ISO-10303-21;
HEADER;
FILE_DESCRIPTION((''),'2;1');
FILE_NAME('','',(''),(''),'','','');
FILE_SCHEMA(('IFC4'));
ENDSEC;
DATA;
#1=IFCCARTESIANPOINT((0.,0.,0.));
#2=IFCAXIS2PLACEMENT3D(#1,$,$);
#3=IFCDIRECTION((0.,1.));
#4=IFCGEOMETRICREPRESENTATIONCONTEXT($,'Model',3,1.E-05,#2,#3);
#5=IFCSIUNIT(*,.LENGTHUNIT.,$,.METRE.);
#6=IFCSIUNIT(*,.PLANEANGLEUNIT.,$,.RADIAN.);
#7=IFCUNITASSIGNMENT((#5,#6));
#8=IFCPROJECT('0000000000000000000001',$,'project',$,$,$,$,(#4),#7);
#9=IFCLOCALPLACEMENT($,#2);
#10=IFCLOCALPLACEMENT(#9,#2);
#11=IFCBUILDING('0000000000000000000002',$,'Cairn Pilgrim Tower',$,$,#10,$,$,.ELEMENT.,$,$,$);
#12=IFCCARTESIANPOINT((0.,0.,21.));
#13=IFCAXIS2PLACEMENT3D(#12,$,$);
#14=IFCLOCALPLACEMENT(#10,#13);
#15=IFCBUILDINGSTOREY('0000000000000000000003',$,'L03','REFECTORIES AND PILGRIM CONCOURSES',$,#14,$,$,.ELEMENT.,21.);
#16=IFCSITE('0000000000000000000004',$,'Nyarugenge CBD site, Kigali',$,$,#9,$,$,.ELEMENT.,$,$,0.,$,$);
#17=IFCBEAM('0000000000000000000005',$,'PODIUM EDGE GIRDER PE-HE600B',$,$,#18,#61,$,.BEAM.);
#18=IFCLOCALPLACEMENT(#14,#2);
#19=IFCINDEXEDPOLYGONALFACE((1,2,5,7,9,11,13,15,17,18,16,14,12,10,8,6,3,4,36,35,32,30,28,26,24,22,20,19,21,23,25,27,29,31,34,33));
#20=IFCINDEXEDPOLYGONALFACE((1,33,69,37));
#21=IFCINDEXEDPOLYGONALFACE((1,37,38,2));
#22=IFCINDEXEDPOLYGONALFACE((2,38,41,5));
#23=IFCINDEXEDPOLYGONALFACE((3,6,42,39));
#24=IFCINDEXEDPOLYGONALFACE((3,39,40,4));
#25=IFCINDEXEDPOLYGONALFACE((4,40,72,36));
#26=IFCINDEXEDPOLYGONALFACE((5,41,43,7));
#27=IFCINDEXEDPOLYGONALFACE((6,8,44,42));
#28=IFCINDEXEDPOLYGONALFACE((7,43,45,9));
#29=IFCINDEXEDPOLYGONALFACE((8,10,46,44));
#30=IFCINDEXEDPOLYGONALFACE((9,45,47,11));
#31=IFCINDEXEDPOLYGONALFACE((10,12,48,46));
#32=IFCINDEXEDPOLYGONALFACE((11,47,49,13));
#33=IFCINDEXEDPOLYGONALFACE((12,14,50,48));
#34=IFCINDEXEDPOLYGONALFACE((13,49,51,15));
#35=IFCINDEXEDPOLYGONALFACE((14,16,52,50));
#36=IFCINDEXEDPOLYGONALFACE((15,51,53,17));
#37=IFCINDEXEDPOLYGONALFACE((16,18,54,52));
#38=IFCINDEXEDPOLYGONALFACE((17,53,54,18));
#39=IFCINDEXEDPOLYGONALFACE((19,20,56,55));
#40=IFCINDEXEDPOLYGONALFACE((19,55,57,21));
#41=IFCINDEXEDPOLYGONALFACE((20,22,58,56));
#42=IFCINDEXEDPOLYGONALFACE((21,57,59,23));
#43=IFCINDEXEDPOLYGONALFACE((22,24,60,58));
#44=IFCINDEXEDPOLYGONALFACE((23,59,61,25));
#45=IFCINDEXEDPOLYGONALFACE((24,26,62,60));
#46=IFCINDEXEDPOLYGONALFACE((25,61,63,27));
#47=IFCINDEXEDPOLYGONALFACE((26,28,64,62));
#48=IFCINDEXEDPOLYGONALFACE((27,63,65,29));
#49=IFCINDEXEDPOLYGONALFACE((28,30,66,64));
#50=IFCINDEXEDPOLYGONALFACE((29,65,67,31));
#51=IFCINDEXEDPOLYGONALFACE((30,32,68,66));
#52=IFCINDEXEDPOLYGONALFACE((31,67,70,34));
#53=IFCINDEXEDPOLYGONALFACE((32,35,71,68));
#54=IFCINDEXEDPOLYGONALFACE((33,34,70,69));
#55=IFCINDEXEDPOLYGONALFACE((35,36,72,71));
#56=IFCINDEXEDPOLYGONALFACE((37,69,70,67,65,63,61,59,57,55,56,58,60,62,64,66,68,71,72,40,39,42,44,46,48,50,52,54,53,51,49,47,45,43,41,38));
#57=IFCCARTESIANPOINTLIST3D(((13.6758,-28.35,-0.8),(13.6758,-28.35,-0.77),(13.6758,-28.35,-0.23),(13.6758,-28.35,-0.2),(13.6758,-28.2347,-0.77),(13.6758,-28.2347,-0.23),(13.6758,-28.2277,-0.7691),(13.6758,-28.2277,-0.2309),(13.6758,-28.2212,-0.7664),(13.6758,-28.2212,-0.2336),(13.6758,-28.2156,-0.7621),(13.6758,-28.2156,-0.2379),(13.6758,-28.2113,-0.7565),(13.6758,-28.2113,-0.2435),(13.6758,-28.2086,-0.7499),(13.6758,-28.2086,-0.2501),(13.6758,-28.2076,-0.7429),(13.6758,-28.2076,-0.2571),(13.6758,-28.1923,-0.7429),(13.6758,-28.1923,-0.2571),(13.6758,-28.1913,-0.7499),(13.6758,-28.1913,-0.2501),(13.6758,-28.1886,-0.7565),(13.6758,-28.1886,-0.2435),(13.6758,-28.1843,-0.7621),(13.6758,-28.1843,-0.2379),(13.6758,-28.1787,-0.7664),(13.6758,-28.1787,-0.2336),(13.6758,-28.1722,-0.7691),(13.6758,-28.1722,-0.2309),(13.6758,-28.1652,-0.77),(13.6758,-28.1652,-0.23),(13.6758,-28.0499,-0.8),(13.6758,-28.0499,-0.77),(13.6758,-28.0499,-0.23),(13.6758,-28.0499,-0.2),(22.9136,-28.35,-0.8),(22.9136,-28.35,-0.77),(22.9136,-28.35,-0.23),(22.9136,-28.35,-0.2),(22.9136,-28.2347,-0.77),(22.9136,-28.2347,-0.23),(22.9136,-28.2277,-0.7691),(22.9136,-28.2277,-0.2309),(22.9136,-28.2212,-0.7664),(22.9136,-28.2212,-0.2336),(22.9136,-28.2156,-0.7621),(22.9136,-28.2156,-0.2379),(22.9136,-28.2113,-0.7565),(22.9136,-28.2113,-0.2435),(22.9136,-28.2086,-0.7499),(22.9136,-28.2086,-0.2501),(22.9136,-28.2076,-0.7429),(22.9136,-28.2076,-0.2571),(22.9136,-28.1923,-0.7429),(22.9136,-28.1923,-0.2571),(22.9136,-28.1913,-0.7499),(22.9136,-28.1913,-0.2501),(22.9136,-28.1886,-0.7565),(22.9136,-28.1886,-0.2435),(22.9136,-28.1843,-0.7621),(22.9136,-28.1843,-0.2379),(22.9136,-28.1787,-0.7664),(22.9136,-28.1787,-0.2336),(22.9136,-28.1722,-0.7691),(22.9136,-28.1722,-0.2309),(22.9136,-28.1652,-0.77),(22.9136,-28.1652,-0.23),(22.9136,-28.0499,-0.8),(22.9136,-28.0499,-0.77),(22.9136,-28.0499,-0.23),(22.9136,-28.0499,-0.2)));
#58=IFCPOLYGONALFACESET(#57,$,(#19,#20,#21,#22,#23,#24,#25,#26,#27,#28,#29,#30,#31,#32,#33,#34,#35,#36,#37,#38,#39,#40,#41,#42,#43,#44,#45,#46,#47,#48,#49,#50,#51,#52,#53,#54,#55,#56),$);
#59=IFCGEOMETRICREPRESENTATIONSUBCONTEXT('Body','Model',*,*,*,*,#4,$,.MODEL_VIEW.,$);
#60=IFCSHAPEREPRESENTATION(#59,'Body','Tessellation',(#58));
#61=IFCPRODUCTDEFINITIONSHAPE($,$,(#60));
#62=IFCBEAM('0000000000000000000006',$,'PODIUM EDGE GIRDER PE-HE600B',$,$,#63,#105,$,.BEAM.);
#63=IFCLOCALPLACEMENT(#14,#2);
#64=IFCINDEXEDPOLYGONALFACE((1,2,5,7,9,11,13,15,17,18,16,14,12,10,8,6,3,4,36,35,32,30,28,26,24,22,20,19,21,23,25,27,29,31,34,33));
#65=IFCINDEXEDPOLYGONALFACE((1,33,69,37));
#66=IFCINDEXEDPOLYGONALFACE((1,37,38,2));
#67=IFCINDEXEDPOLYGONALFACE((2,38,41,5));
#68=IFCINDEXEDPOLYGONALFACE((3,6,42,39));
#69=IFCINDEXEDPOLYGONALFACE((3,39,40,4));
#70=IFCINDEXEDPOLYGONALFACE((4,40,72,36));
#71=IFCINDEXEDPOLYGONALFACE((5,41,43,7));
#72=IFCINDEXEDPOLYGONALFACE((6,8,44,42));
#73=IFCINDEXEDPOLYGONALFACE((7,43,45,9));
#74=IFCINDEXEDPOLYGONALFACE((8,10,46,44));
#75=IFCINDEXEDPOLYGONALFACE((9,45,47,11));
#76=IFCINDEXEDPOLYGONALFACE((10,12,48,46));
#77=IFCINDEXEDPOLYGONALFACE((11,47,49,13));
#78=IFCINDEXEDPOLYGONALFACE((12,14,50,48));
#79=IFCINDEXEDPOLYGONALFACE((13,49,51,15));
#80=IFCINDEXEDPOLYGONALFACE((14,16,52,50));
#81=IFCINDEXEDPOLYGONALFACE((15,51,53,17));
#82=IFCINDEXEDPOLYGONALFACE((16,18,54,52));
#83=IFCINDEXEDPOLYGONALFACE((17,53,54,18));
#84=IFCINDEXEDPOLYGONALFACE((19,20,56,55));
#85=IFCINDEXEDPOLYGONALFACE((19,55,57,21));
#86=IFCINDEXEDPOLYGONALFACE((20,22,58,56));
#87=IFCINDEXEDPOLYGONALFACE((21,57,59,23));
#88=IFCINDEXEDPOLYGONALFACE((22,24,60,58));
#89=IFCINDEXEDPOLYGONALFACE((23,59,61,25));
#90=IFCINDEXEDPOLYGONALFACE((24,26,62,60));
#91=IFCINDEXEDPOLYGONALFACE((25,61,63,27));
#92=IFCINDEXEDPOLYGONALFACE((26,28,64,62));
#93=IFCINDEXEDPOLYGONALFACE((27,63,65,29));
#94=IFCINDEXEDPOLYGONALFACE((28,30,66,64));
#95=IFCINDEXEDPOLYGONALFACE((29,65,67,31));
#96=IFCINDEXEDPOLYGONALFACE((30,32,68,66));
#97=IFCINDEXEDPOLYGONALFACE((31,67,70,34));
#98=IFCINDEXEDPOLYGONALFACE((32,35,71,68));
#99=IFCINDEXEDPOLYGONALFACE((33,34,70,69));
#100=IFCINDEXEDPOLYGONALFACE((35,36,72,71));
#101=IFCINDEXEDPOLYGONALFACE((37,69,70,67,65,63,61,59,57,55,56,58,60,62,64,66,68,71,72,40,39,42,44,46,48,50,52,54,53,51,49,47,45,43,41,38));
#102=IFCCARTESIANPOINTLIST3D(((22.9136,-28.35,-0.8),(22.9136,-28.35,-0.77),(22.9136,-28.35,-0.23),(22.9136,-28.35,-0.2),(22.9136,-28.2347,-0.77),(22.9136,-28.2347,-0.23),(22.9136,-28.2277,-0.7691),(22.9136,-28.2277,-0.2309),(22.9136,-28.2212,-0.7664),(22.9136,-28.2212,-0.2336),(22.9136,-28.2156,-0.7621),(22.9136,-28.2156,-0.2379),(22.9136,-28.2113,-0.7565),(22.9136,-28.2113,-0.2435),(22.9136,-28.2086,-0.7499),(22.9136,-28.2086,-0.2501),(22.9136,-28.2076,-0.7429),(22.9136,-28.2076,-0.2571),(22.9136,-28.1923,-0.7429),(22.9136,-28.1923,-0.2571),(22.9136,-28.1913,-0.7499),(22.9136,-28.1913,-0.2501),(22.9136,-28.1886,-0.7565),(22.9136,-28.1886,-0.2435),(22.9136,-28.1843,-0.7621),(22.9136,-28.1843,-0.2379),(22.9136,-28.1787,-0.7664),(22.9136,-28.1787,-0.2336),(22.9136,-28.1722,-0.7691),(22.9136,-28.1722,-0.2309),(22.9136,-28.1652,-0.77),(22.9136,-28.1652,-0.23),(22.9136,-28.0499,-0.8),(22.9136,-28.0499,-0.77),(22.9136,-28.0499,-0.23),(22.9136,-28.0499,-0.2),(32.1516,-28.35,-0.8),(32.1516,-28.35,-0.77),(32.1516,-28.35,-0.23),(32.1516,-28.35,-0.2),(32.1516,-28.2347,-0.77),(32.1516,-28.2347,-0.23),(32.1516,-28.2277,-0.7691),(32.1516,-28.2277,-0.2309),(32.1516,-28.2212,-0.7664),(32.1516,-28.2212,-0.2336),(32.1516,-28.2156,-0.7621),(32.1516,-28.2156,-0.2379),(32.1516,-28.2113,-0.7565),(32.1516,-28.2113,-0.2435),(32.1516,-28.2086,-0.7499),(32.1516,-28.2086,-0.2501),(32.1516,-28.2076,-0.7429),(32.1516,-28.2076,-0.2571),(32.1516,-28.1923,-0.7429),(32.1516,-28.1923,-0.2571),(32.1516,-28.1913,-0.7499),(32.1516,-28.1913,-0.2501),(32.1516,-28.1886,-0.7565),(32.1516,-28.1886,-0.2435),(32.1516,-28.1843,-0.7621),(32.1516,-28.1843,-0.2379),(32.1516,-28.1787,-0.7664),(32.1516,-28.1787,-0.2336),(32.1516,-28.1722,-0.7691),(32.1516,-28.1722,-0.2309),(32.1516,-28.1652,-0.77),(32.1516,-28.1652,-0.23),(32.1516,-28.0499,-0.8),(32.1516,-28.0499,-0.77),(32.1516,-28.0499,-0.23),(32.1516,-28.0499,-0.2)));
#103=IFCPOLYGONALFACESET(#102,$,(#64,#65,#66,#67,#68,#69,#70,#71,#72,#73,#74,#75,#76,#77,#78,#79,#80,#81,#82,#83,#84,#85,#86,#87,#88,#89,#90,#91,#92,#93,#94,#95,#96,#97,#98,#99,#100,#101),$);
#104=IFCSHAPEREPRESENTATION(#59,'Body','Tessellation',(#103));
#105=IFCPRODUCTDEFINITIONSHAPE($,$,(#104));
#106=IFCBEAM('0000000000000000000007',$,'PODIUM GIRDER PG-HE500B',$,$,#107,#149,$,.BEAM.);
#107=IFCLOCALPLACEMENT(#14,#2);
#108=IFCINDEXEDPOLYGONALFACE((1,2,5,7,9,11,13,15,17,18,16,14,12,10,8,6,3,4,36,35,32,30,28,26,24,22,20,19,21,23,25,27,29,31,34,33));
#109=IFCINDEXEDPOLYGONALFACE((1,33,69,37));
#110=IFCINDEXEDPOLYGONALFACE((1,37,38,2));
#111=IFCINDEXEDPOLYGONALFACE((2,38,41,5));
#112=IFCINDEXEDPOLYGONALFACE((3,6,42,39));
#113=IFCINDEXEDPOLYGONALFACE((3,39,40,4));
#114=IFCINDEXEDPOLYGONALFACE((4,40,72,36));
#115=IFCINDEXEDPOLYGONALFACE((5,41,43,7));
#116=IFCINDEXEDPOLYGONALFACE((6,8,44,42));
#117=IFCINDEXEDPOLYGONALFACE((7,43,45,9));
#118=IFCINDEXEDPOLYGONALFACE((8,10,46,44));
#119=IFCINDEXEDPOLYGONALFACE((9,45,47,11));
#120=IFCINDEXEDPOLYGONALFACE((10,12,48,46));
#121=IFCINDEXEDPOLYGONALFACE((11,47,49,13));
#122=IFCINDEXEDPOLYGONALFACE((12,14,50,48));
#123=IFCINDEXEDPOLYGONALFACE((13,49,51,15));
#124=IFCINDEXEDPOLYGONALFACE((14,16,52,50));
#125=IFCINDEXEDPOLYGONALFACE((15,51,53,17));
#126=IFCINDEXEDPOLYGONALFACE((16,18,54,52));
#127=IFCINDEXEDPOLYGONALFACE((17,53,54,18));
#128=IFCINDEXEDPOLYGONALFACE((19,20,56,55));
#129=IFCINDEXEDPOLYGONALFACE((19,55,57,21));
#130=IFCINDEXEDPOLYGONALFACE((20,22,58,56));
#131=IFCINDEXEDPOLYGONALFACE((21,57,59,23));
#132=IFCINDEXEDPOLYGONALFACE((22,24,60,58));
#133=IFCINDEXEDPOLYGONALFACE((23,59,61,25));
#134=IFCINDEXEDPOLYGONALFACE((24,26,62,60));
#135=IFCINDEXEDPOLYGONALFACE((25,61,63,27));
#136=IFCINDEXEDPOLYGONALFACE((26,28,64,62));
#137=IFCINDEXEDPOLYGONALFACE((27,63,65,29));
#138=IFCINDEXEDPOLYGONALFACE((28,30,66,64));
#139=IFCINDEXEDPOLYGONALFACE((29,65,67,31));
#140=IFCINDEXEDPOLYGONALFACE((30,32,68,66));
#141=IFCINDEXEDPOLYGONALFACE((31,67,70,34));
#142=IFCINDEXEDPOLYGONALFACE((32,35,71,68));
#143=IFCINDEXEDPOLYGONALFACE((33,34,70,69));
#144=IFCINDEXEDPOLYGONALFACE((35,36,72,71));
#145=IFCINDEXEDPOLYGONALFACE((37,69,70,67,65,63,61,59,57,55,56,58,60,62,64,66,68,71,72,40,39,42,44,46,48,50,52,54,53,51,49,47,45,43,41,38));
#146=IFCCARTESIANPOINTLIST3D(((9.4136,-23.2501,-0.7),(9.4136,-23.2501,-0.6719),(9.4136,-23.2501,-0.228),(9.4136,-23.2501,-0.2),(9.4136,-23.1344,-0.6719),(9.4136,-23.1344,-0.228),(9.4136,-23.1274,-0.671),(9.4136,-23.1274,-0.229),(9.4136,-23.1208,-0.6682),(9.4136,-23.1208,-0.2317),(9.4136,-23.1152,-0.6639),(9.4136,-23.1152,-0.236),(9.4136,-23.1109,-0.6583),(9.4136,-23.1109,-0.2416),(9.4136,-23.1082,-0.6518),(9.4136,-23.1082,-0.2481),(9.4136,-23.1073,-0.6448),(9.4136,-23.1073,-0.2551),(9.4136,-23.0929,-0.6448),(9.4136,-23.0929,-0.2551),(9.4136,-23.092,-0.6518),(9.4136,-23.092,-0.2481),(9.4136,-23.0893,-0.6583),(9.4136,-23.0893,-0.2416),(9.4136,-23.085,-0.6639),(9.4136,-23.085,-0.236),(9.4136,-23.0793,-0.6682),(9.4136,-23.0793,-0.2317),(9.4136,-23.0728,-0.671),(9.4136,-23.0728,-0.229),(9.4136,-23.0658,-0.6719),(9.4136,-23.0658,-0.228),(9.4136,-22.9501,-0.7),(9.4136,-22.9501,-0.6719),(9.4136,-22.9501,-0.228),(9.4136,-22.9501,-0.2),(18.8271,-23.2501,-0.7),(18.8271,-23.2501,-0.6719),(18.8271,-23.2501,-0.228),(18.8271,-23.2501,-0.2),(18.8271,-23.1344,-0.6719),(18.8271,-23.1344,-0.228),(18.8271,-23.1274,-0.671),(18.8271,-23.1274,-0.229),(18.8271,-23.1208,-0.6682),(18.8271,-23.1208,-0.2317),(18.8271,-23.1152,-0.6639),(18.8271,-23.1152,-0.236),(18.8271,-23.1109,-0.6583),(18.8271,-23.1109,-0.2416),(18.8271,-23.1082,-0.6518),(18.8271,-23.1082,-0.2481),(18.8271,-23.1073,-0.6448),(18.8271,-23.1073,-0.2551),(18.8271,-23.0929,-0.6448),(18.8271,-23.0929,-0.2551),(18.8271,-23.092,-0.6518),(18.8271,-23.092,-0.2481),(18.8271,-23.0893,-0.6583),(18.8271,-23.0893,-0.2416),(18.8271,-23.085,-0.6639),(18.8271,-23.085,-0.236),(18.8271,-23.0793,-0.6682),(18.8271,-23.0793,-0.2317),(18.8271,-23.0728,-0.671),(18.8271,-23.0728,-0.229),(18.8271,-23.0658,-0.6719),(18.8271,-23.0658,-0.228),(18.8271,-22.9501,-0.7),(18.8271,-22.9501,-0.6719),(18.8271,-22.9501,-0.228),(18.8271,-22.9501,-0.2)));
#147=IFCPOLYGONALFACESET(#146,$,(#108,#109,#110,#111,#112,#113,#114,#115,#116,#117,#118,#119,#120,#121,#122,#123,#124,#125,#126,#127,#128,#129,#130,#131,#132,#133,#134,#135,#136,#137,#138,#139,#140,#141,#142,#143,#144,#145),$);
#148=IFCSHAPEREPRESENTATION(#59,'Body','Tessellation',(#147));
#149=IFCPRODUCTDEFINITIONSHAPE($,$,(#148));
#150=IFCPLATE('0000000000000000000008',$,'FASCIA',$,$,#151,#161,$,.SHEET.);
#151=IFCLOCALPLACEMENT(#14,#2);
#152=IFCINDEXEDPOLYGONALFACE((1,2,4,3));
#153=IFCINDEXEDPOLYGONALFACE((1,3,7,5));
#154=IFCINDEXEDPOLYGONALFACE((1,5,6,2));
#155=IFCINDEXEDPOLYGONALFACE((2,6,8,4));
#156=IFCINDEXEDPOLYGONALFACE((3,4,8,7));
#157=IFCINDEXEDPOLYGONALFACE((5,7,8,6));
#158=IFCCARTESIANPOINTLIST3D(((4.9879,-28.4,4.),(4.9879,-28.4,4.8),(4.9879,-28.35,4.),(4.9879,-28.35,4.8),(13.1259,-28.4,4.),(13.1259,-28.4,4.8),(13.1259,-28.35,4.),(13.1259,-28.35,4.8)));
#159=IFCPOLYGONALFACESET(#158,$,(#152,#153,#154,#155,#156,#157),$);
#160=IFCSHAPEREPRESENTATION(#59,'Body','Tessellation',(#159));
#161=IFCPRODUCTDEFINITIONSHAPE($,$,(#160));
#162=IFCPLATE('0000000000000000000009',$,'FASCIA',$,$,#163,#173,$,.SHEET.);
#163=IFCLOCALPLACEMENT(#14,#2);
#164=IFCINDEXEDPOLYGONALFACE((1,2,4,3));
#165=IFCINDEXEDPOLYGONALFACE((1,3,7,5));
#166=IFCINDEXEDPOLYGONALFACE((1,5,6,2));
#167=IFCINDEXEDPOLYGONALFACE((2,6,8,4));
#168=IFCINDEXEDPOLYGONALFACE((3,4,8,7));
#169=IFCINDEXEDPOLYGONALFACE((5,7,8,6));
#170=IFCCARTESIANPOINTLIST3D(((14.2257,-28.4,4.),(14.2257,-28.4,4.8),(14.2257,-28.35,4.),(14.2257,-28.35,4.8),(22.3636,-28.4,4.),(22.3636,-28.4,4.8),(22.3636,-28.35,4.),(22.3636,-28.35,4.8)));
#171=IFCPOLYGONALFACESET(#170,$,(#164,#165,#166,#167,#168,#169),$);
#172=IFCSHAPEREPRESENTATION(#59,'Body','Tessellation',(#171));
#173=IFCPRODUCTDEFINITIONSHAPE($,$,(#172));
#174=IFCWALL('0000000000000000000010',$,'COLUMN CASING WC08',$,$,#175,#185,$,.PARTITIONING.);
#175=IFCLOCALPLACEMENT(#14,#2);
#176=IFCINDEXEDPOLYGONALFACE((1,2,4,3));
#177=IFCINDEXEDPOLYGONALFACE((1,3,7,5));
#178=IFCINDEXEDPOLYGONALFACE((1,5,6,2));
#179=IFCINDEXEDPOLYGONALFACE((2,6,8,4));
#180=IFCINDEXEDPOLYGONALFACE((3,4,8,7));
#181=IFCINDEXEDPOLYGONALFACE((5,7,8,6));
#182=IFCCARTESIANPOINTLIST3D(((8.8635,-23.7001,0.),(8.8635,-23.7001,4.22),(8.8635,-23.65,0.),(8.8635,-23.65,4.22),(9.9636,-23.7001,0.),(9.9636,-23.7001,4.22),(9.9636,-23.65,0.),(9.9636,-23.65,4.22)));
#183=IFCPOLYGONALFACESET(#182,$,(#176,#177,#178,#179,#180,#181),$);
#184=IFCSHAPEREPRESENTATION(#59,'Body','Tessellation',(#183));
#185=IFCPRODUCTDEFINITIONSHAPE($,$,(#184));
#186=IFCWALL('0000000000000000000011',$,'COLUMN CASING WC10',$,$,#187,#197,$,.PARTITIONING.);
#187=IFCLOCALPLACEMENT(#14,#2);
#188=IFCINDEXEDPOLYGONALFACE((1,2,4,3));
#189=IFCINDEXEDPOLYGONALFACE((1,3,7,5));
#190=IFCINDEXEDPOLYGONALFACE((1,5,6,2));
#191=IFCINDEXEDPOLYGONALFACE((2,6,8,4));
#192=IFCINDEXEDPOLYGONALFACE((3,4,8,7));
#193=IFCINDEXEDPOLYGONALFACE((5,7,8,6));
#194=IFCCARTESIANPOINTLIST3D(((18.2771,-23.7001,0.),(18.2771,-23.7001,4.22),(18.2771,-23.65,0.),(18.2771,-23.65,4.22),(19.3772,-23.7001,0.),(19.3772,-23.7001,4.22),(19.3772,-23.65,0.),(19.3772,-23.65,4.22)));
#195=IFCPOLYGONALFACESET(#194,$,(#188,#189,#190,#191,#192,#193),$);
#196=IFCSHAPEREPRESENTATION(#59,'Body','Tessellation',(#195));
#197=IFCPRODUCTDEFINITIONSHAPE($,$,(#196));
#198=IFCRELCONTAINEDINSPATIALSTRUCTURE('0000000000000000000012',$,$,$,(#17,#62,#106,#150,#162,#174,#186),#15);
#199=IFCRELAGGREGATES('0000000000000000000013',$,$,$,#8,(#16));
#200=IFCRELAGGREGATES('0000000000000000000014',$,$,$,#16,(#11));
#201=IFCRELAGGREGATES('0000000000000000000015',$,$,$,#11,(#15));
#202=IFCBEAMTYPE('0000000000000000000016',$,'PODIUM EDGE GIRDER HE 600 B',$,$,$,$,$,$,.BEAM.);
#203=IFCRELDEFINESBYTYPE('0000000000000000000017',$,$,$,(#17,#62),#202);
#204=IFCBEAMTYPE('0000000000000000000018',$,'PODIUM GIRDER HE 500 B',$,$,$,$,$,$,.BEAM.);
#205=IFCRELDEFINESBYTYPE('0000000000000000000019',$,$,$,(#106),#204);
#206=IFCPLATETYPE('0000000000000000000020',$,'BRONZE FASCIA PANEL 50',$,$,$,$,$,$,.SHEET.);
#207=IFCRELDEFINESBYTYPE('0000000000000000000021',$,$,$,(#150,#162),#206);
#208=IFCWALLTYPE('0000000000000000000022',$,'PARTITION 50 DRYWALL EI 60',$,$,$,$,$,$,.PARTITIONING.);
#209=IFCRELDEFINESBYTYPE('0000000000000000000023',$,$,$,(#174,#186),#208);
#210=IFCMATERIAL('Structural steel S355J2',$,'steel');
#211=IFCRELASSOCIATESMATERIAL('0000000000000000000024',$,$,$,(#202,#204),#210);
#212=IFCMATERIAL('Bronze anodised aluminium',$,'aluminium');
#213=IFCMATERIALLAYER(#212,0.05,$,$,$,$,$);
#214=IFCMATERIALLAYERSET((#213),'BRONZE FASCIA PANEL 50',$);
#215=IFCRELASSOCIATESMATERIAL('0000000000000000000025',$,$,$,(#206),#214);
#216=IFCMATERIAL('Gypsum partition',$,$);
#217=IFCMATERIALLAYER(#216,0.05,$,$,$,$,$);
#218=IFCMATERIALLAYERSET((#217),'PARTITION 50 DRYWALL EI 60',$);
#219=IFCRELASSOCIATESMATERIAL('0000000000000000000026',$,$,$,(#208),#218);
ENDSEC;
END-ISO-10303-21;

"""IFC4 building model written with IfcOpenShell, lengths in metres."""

from ifc_helpers import new_model, si_unit, direction, frame, frame_2d, origin, origin_2d, place, context, subcontext, project, spatial, rectangle, i_section, extrude, material, layer, layer_set, material_profile, profile_set, type_object, element, save


model = new_model("IFC4")

# Units and contexts
model_context = context("Model", 3, precision=1e-05, world=origin(), true_north=direction((0.0, 1.0)))
body_context = subcontext(model_context, "Body", "Model", "MODEL_VIEW")
ifc_project = project(units=[si_unit("LENGTHUNIT", "METRE"), si_unit("PLANEANGLEUNIT", "RADIAN")], contexts=[model_context])

# Site, building, storey
site_placement = place(None, origin())
site = spatial("IfcSite", under=ifc_project, at=site_placement, Name="Nyarugenge CBD site, Kigali", CompositionType="ELEMENT", RefElevation=0.0)
building_placement = place(site_placement, origin())
building = spatial("IfcBuilding", under=site, at=building_placement, Name="Cairn Pilgrim Tower", CompositionType="ELEMENT")
storey_placement = place(building_placement, frame((0.0, 0.0, 21.0)))
storey = spatial("IfcBuildingStorey", under=building, at=storey_placement, Name="L03", Description="REFECTORIES AND PILGRIM CONCOURSES", CompositionType="ELEMENT", Elevation=21.0)

# Beams
ifc_material_1 = material(Name="Structural steel S355J2", Category="steel")
ifc_material_profile_1 = material_profile(ifc_material_1, i_section(OverallWidth=0.3, OverallDepth=0.6001, WebThickness=0.0154, FlangeThickness=0.03, FilletRadius=0.0271, at=origin_2d()), Name="HEB 600")
ifc_profile_set_1 = profile_set([ifc_material_profile_1], Name="Structural steel S355J2")
beam_type_1 = type_object("IfcBeamType", Name="PODIUM EDGE GIRDER HE 600 B", PredefinedType="BEAM", material=ifc_profile_set_1)
beam_1_placement = place(storey_placement, frame((13.6758, -28.2, -0.5), z_axis=(1.0, 0.0, 0.0), x_axis=(0.0, 1.0, 0.0)))
element("IfcBeam", 1, at=beam_1_placement, inside=storey, type_object=beam_type_1, Name="PODIUM EDGE GIRDER PE-HE600B", PredefinedType="BEAM", context=body_context, shape_type="SweptSolid", body=[
    extrude(i_section(OverallWidth=0.3, OverallDepth=0.6001, WebThickness=0.0154, FlangeThickness=0.03, FilletRadius=0.0271, at=origin_2d()), origin(), (0.0, 0.0, 1.0), 9.2378),
])
beam_2_placement = place(storey_placement, frame((22.9136, -28.2, -0.5), z_axis=(1.0, 0.0, 0.0), x_axis=(0.0, 1.0, 0.0)))
element("IfcBeam", 2, at=beam_2_placement, inside=storey, type_object=beam_type_1, Name="PODIUM EDGE GIRDER PE-HE600B", PredefinedType="BEAM", context=body_context, shape_type="SweptSolid", body=[
    extrude(i_section(OverallWidth=0.3, OverallDepth=0.6001, WebThickness=0.0154, FlangeThickness=0.03, FilletRadius=0.0271, at=origin_2d()), origin(), (0.0, 0.0, 1.0), 9.238),
])
ifc_material_profile_2 = material_profile(ifc_material_1, i_section(OverallWidth=0.3, OverallDepth=0.5, WebThickness=0.0144, FlangeThickness=0.0281, FilletRadius=0.0271, at=origin_2d()), Name="HEB 500")
ifc_profile_set_2 = profile_set([ifc_material_profile_2], Name="Structural steel S355J2")
beam_type_2 = type_object("IfcBeamType", Name="PODIUM GIRDER HE 500 B", PredefinedType="BEAM", material=ifc_profile_set_2)
beam_3_placement = place(storey_placement, frame((9.4136, -23.1001, -0.45), z_axis=(1.0, 0.0, 0.0), x_axis=(0.0, 1.0, 0.0)))
element("IfcBeam", 3, at=beam_3_placement, inside=storey, type_object=beam_type_2, Name="PODIUM GIRDER PG-HE500B", PredefinedType="BEAM", context=body_context, shape_type="SweptSolid", body=[
    extrude(i_section(OverallWidth=0.3, OverallDepth=0.5, WebThickness=0.0144, FlangeThickness=0.0281, FilletRadius=0.0271, at=origin_2d()), origin(), (0.0, 0.0, 1.0), 9.4136),
])

# Plates
ifc_material_2 = material(Name="Bronze anodised aluminium", Category="aluminium")
ifc_layer_1 = layer(ifc_material_2, 0.05)
ifc_layer_set_1 = layer_set([ifc_layer_1], Name="BRONZE FASCIA PANEL 50")
plate_type = type_object("IfcPlateType", Name="BRONZE FASCIA PANEL 50", PredefinedType="SHEET", material=ifc_layer_set_1)
for number, where, z_axis, x_axis, name in (
    (4, (9.0569, -28.375, 4.0), (0.0, 0.0, 1.0), (1.0, 0.0, 0.0), "FASCIA"),
    (5, (18.2947, -28.375, 4.0), (0.0, 0.0, 1.0), (1.0, 0.0, 0.0), "FASCIA"),
):
    element("IfcPlate", number, at=place(storey_placement, frame(where, z_axis=z_axis, x_axis=x_axis)), inside=storey, type_object=plate_type, Name=name, PredefinedType="SHEET", context=body_context, shape_type="SweptSolid", body=[
        extrude(rectangle(XDim=8.1379, YDim=0.05, at=origin_2d()), origin(), (0.0, 0.0, 1.0), 0.8),
    ])

# Walls
ifc_material_3 = material(Name="Gypsum partition")
ifc_layer_2 = layer(ifc_material_3, 0.05)
ifc_layer_set_2 = layer_set([ifc_layer_2], Name="PARTITION 50 DRYWALL EI 60")
wall_type_1 = type_object("IfcWallType", Name="PARTITION 50 DRYWALL EI 60", PredefinedType="PARTITIONING", material=ifc_layer_set_2)
for number, where, z_axis, x_axis, name in (
    (6, (8.8635, -23.675, 0.0), (0.0, 0.0, 1.0), (1.0, 0.0, 0.0), "COLUMN CASING WC08"),
    (7, (18.2771, -23.675, 0.0), (0.0, 0.0, 1.0), (1.0, 0.0, 0.0), "COLUMN CASING WC10"),
):
    element("IfcWall", number, at=place(storey_placement, frame(where, z_axis=z_axis, x_axis=x_axis)), inside=storey, type_object=wall_type_1, Name=name, PredefinedType="PARTITIONING", context=body_context, shape_type="SweptSolid", body=[
        extrude(rectangle(XDim=1.1001, YDim=0.05, at=frame_2d((0.55, 0.0))), origin(), (0.0, 0.0, 1.0), 4.22),
    ])

save(model, "model.ifc")
